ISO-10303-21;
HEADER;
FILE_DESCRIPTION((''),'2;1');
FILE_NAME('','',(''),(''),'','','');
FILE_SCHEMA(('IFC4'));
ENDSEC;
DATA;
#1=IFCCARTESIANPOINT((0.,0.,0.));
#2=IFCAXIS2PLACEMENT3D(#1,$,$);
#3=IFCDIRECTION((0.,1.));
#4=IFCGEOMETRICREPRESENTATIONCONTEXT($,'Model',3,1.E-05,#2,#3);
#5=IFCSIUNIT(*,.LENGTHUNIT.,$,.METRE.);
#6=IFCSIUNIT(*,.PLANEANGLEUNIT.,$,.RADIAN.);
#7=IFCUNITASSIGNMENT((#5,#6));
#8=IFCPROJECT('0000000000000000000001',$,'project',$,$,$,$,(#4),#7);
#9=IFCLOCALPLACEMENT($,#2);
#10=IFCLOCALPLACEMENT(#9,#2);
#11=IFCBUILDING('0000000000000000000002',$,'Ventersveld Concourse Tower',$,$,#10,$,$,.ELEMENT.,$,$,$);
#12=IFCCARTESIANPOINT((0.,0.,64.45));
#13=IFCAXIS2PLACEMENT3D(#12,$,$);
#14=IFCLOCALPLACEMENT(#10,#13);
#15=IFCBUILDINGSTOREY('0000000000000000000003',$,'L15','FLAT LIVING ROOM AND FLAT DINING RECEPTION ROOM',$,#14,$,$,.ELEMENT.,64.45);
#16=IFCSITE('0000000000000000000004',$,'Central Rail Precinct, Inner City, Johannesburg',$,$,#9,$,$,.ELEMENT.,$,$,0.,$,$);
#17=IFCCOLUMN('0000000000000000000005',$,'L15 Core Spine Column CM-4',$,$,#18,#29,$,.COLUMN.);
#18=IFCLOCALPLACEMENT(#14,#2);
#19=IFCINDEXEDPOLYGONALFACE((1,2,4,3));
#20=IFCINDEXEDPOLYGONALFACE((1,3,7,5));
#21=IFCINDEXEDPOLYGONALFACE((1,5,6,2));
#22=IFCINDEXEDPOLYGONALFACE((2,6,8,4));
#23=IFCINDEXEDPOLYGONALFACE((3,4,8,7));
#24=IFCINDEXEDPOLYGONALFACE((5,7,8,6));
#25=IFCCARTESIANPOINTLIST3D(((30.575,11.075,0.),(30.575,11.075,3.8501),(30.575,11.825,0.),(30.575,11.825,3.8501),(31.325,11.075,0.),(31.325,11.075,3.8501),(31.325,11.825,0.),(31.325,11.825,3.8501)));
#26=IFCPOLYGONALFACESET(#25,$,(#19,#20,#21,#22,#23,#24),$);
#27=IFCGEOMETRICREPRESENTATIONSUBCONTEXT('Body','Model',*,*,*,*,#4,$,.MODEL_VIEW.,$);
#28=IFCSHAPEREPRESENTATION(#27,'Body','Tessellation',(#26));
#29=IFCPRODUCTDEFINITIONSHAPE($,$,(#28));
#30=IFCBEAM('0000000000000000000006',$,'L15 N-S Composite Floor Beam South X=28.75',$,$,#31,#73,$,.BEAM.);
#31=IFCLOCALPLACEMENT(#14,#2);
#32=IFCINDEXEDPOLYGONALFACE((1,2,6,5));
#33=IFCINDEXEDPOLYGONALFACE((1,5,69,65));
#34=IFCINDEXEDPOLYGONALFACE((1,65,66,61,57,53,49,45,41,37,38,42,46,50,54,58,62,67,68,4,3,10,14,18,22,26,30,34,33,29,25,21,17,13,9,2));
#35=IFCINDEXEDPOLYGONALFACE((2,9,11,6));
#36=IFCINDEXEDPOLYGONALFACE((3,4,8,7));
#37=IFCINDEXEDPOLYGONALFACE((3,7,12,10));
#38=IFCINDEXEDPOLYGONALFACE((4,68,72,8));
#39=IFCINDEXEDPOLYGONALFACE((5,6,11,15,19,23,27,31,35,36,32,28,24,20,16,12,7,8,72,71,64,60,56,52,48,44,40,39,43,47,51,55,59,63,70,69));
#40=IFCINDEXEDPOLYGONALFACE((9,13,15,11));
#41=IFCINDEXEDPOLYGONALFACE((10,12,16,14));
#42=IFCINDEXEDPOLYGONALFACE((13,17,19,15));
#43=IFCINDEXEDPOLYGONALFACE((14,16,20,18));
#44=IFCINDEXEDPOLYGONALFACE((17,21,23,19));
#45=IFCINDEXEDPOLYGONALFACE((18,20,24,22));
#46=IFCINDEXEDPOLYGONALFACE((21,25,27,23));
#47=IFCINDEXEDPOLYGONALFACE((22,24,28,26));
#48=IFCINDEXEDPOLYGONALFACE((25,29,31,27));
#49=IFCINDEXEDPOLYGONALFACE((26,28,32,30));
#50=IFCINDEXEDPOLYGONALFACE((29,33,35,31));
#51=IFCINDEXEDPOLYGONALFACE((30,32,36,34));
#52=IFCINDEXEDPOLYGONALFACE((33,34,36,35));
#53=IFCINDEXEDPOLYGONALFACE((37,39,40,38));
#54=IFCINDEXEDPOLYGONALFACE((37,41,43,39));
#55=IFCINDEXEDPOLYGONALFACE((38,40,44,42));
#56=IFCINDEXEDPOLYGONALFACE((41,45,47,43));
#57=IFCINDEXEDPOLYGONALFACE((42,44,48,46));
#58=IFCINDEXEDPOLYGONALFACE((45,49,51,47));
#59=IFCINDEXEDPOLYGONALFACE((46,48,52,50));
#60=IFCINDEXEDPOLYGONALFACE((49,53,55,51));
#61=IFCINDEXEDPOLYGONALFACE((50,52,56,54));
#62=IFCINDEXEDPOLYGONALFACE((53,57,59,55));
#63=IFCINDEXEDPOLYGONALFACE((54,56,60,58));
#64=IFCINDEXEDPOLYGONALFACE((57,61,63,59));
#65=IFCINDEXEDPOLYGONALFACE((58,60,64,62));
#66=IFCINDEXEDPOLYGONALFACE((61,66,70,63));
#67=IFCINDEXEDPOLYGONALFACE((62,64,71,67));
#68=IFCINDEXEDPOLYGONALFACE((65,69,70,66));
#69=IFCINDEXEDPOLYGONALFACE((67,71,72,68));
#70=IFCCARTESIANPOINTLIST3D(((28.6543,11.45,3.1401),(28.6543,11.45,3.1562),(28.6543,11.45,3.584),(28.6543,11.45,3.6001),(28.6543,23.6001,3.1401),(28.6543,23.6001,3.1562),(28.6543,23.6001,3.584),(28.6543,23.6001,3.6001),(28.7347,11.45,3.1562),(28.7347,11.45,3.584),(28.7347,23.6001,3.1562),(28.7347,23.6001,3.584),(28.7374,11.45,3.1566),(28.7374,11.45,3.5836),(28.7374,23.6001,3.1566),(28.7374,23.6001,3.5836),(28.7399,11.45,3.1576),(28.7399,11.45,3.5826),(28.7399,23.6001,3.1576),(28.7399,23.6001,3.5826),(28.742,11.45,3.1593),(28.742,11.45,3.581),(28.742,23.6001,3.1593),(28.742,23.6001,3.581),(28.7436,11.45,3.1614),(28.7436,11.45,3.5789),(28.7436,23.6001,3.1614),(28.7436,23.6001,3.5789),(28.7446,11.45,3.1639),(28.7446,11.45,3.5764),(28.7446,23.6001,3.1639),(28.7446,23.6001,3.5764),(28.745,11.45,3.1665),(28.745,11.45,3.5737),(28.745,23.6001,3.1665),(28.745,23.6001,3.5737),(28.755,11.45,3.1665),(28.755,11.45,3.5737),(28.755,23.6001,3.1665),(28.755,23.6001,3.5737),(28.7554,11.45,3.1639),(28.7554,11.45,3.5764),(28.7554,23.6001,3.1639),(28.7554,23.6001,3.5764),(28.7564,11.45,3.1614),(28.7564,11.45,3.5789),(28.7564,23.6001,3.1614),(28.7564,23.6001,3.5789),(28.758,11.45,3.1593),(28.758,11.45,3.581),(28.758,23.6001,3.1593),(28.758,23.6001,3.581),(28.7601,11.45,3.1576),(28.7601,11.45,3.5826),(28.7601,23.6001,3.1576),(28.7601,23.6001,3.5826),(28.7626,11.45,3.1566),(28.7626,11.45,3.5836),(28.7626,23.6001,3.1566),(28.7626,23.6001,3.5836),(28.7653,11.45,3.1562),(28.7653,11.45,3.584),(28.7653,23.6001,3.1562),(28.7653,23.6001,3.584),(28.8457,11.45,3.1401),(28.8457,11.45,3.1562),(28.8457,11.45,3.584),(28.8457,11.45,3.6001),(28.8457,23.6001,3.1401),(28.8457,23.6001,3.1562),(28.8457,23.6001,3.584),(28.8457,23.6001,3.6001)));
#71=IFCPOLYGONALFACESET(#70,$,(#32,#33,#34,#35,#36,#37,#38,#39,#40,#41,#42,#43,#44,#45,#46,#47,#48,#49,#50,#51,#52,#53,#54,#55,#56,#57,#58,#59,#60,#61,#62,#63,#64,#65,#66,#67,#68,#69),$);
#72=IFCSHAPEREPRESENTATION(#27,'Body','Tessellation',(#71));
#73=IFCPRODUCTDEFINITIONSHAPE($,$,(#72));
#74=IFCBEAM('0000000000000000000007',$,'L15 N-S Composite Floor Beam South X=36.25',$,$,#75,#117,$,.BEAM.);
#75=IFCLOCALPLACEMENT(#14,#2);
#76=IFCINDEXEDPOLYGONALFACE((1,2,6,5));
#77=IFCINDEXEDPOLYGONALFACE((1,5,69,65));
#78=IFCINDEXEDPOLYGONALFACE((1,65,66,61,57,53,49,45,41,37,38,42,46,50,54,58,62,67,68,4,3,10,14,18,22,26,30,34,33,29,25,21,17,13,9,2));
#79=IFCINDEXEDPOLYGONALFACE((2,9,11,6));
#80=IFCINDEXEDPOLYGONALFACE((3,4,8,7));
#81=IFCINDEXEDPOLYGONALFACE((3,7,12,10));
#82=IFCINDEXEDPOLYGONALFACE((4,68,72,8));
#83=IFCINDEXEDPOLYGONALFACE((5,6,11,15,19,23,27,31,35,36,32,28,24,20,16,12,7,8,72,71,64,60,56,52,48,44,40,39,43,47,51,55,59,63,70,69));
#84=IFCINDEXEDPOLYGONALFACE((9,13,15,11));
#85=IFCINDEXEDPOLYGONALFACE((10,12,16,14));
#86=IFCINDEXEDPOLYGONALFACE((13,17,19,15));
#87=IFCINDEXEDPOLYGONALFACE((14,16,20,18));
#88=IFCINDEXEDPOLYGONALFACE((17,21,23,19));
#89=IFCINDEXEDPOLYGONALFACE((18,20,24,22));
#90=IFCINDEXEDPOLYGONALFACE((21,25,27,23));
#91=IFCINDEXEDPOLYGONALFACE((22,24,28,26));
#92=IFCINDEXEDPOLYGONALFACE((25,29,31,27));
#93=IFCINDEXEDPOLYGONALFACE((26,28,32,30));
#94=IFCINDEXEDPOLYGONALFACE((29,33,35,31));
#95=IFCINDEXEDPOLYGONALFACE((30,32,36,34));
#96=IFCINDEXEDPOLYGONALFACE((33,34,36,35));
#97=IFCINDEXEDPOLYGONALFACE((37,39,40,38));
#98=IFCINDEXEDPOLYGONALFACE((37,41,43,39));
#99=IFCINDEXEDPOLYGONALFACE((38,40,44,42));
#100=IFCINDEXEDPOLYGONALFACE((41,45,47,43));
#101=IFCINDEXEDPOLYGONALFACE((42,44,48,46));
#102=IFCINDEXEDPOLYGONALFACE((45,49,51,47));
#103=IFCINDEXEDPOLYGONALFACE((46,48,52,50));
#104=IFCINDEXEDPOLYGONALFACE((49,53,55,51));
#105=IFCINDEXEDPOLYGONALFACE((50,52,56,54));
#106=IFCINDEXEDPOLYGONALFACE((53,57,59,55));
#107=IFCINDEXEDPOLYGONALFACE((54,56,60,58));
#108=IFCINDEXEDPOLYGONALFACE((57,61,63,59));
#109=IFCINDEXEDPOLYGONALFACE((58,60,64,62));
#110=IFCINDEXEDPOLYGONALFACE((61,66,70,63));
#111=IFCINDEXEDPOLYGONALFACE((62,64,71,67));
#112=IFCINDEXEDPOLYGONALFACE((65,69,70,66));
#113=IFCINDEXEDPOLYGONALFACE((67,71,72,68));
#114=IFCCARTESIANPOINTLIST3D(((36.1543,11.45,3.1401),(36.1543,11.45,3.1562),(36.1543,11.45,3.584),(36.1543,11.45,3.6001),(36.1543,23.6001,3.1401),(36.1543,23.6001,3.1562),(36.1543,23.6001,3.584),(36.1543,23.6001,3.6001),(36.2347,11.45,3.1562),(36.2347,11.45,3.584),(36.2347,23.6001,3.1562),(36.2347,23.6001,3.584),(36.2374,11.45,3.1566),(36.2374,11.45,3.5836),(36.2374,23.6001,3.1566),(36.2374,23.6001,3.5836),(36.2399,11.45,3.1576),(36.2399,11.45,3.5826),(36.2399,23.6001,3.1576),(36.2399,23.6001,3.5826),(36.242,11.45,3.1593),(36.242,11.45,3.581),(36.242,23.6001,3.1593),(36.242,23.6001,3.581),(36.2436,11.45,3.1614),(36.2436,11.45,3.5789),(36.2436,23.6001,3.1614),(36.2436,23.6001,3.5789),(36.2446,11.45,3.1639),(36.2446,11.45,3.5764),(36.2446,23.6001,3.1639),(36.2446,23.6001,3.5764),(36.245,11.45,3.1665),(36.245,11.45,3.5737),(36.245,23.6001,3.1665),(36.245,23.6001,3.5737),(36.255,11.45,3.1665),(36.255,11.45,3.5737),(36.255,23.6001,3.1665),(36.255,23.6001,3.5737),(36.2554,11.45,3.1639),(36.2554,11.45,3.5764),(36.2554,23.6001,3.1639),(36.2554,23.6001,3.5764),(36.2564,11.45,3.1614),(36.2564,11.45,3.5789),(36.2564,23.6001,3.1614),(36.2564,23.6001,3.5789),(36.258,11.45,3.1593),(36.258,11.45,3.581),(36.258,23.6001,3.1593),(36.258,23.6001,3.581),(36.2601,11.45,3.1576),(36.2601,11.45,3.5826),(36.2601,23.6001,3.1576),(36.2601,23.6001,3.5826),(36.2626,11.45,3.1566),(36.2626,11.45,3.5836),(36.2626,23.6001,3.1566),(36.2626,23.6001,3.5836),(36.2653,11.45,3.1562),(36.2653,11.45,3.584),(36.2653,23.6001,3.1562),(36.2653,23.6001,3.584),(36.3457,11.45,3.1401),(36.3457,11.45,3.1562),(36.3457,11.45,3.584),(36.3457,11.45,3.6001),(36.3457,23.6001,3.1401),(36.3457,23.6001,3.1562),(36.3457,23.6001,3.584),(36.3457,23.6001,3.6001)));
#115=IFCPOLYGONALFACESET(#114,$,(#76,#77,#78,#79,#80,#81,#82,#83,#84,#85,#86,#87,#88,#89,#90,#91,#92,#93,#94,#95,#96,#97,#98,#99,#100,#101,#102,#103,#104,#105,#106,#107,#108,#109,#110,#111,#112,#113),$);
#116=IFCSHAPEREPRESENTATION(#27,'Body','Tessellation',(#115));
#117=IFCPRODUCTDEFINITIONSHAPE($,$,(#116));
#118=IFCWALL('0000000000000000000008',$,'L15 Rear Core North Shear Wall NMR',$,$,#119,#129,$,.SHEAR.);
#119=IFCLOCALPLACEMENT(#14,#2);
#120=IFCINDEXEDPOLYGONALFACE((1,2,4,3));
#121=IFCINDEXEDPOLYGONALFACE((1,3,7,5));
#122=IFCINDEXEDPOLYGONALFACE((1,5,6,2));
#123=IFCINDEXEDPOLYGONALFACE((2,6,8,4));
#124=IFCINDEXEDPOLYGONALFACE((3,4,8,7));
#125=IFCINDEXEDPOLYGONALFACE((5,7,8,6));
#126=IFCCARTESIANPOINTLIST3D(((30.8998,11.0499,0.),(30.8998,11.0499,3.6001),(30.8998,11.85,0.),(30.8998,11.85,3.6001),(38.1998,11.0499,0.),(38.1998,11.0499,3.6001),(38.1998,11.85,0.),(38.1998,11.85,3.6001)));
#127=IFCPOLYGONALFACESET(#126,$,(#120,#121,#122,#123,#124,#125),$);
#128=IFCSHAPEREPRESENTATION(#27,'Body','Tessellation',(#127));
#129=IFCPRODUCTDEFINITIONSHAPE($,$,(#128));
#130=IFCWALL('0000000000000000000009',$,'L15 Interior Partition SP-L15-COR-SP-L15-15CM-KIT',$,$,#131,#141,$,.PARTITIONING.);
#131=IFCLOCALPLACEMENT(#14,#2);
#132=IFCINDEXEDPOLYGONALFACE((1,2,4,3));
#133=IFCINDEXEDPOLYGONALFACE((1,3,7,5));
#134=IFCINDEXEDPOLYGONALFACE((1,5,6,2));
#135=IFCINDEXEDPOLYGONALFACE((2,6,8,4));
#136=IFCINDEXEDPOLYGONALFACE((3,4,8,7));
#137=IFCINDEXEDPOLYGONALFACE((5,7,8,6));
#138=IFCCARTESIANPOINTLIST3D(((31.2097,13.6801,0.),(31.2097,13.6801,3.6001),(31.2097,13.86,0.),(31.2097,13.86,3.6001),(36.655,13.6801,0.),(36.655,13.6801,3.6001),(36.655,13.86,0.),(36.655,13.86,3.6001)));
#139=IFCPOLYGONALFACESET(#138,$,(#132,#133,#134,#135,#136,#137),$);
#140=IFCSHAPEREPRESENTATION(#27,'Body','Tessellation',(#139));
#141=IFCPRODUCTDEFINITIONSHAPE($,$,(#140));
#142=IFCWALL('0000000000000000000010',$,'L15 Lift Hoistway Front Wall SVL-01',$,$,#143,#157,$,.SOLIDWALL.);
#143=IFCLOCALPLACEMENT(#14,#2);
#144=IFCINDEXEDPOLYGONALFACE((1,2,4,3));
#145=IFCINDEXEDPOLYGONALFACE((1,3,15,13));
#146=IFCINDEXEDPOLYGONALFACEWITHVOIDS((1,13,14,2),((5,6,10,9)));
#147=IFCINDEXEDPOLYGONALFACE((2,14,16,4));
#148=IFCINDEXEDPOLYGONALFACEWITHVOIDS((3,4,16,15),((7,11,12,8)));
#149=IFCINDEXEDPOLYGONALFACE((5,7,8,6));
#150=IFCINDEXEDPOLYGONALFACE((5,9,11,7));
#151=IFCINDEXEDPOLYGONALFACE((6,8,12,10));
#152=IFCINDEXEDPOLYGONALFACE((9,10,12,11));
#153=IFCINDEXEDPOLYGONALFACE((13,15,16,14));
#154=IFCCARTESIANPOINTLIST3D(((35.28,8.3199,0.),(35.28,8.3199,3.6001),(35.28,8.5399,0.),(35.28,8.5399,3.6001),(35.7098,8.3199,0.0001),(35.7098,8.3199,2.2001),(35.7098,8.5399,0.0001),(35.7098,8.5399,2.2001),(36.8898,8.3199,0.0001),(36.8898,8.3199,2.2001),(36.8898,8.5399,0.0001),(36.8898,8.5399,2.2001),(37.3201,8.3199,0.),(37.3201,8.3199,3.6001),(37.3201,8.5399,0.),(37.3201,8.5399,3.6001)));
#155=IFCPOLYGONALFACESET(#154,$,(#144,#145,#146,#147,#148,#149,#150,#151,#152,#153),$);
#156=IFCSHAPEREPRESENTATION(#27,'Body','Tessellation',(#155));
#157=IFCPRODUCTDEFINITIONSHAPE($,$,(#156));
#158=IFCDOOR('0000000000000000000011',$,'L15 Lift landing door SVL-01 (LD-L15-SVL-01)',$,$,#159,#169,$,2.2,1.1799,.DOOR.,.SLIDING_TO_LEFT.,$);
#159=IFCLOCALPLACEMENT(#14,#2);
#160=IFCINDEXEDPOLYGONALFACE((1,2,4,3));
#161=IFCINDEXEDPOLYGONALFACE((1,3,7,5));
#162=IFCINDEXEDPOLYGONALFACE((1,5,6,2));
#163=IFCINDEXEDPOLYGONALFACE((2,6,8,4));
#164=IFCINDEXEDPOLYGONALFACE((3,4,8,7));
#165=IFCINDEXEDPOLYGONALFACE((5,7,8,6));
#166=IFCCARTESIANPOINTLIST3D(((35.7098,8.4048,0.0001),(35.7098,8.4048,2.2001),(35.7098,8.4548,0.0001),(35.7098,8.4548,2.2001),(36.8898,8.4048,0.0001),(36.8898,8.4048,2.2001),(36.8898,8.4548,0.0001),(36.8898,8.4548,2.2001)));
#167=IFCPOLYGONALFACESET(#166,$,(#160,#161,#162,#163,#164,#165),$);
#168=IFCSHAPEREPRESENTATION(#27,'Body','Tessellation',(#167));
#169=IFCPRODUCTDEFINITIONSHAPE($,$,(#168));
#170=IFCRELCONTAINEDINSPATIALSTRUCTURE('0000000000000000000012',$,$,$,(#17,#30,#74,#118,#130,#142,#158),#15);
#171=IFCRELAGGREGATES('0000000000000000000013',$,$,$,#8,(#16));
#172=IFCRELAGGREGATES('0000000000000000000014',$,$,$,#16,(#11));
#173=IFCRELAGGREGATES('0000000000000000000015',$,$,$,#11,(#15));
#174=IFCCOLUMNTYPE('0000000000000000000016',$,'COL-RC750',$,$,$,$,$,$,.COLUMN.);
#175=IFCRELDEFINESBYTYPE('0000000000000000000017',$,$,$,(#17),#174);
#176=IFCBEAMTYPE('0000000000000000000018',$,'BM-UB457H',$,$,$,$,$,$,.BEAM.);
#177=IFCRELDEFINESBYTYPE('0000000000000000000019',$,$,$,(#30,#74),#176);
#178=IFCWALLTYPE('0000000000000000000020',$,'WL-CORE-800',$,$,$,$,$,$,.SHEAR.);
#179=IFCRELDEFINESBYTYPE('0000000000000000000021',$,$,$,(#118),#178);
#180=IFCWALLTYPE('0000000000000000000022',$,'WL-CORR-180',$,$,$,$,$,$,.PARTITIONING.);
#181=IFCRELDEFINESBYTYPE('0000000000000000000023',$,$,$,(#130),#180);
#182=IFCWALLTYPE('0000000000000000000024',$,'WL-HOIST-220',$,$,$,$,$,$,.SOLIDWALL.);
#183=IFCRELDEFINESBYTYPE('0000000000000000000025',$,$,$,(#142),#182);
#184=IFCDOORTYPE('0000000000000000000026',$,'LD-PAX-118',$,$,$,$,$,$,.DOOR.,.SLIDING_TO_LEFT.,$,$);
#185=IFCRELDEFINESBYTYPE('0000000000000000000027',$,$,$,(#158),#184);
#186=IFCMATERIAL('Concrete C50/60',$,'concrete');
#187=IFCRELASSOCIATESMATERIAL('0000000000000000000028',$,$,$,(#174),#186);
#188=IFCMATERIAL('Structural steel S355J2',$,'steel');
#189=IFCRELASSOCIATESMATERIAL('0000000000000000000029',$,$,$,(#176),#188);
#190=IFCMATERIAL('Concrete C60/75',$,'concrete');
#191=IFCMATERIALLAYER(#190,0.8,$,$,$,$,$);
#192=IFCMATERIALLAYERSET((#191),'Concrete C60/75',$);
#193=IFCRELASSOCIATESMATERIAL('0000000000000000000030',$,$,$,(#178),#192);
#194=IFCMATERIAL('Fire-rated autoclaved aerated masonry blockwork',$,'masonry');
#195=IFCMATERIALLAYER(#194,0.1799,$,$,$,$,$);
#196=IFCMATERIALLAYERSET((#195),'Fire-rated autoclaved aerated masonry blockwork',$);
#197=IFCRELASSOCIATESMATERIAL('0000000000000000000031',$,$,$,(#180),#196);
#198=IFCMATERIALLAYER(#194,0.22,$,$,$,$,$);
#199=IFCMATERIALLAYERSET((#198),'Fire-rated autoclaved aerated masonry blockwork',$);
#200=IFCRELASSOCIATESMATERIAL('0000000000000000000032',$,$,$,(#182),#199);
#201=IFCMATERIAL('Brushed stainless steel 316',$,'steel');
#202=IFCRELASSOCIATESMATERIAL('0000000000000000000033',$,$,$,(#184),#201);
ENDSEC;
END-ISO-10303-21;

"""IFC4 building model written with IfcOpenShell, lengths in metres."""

from ifc_helpers import new_model, si_unit, direction, frame, frame_2d, origin, origin_2d, place, context, subcontext, project, spatial, rectangle, i_section, extrude, material, layer, layer_set, material_profile, profile_set, type_object, element, fill, save


model = new_model("IFC4")

# Units and contexts
model_context = context("Model", 3, precision=1e-05, world=origin(), true_north=direction((0.0, 1.0)))
body_context = subcontext(model_context, "Body", "Model", "MODEL_VIEW")
ifc_project = project(units=[si_unit("LENGTHUNIT", "METRE"), si_unit("PLANEANGLEUNIT", "RADIAN")], contexts=[model_context])

# Site, building, storey
site_placement = place(None, origin())
site = spatial("IfcSite", under=ifc_project, at=site_placement, Name="Central Rail Precinct, Inner City, Johannesburg", CompositionType="ELEMENT", RefElevation=0.0)
building_placement = place(site_placement, origin())
building = spatial("IfcBuilding", under=site, at=building_placement, Name="Ventersveld Concourse Tower", CompositionType="ELEMENT")
storey_placement = place(building_placement, frame((0.0, 0.0, 64.45)))
storey = spatial("IfcBuildingStorey", under=building, at=storey_placement, Name="L15", Description="FLAT LIVING ROOM AND FLAT DINING RECEPTION ROOM", CompositionType="ELEMENT", Elevation=64.45)

# Column
ifc_material_1 = material(Name="Concrete C50/60", Category="concrete")
ifc_material_profile_1 = material_profile(ifc_material_1, rectangle(XDim=0.75, YDim=0.75, at=origin_2d()), Name="RC 750x750")
ifc_profile_set_1 = profile_set([ifc_material_profile_1], Name="Concrete C50/60")
column_type = type_object("IfcColumnType", Name="COL-RC750", PredefinedType="COLUMN", material=ifc_profile_set_1)
column_placement = place(storey_placement, frame((30.95, 11.45, 0.0), z_axis=(0.0, 0.0, 1.0), x_axis=(1.0, 0.0, 0.0)))
element("IfcColumn", 1, at=column_placement, inside=storey, type_object=column_type, Name="L15 Core Spine Column CM-4", PredefinedType="COLUMN", context=body_context, shape_type="SweptSolid", body=[
    extrude(rectangle(XDim=0.75, YDim=0.75, at=origin_2d()), origin(), (0.0, 0.0, 1.0), 3.8501),
])

# Beams
ifc_material_2 = material(Name="Structural steel S355J2", Category="steel")
ifc_material_profile_2 = material_profile(ifc_material_2, i_section(OverallWidth=0.1914, OverallDepth=0.46, WebThickness=0.01, FlangeThickness=0.0161, FilletRadius=0.0103, at=origin_2d()), Name="UB 457x191x82")
ifc_profile_set_2 = profile_set([ifc_material_profile_2], Name="Structural steel S355J2")
beam_type = type_object("IfcBeamType", Name="BM-UB457H", PredefinedType="BEAM", material=ifc_profile_set_2)
for number, where, z_axis, x_axis, name in (
    (2, (28.75, 11.45, 3.3701), (0.0, 1.0, 0.0), (-1.0, 0.0, 0.0), "L15 N-S Composite Floor Beam South X=28.75"),
    (3, (36.25, 11.45, 3.3701), (0.0, 1.0, 0.0), (-1.0, 0.0, 0.0), "L15 N-S Composite Floor Beam South X=36.25"),
):
    element("IfcBeam", number, at=place(storey_placement, frame(where, z_axis=z_axis, x_axis=x_axis)), inside=storey, type_object=beam_type, Name=name, PredefinedType="BEAM", context=body_context, shape_type="SweptSolid", body=[
        extrude(i_section(OverallWidth=0.1914, OverallDepth=0.46, WebThickness=0.01, FlangeThickness=0.0161, FilletRadius=0.0103, at=origin_2d()), origin(), (0.0, 0.0, 1.0), 12.1501),
    ])

# Walls
ifc_material_3 = material(Name="Concrete C60/75", Category="concrete")
ifc_layer_1 = layer(ifc_material_3, 0.8)
ifc_layer_set_1 = layer_set([ifc_layer_1], Name="Concrete C60/75")
wall_type_1 = type_object("IfcWallType", Name="WL-CORE-800", PredefinedType="SHEAR", material=ifc_layer_set_1)
wall_1_placement = place(storey_placement, frame((30.8999, 11.45, 0.0), z_axis=(0.0, 0.0, 1.0), x_axis=(1.0, 0.0, 0.0)))
element("IfcWall", 4, at=wall_1_placement, inside=storey, type_object=wall_type_1, Name="L15 Rear Core North Shear Wall NMR", PredefinedType="SHEAR", context=body_context, shape_type="SweptSolid", body=[
    extrude(rectangle(XDim=7.3, YDim=0.8, at=frame_2d((3.6499, 0.0))), origin(), (0.0, 0.0, 1.0), 3.6001),
])
ifc_material_4 = material(Name="Fire-rated autoclaved aerated masonry blockwork", Category="masonry")
ifc_layer_2 = layer(ifc_material_4, 0.1799)
ifc_layer_set_2 = layer_set([ifc_layer_2], Name="Fire-rated autoclaved aerated masonry blockwork")
wall_type_2 = type_object("IfcWallType", Name="WL-CORR-180", PredefinedType="PARTITIONING", material=ifc_layer_set_2)
wall_2_placement = place(storey_placement, frame((31.2097, 13.77, 0.0), z_axis=(0.0, 0.0, 1.0), x_axis=(1.0, 0.0, 0.0)))
element("IfcWall", 5, at=wall_2_placement, inside=storey, type_object=wall_type_2, Name="L15 Interior Partition SP-L15-COR-SP-L15-15CM-KIT", PredefinedType="PARTITIONING", context=body_context, shape_type="SweptSolid", body=[
    extrude(rectangle(XDim=5.4453, YDim=0.1799, at=frame_2d((2.7227, 0.0))), origin(), (0.0, 0.0, 1.0), 3.6001),
])

# Wall, opening, door
ifc_layer_3 = layer(ifc_material_4, 0.22)
ifc_layer_set_3 = layer_set([ifc_layer_3], Name="Fire-rated autoclaved aerated masonry blockwork")
wall_type_3 = type_object("IfcWallType", Name="WL-HOIST-220", PredefinedType="SOLIDWALL", material=ifc_layer_set_3)
wall_3_placement = place(storey_placement, frame((35.28, 8.4299, 0.0), z_axis=(0.0, 0.0, 1.0), x_axis=(1.0, 0.0, 0.0)))
wall_3 = element("IfcWall", 6, at=wall_3_placement, inside=storey, type_object=wall_type_3, Name="L15 Lift Hoistway Front Wall SVL-01", PredefinedType="SOLIDWALL", context=body_context, shape_type="SweptSolid", body=[
    extrude(rectangle(XDim=2.04, YDim=0.22, at=frame_2d((1.02, 0.0))), origin(), (0.0, 0.0, 1.0), 3.6001),
])
opening_1_placement = place(wall_3_placement, frame((0.4299, 0.0, 0.0)))
opening_1 = element("IfcOpeningElement", 7, at=opening_1_placement, cuts=wall_3, PredefinedType="OPENING", context=body_context, shape_type="SweptSolid", body=[
    extrude(rectangle(XDim=1.1799, YDim=2.2, at=frame_2d((0.5898, 1.1001))), frame((0.0, 0.1201, 0.0), z_axis=(0.0, -1.0, 0.0), x_axis=(1.0, 0.0, 0.0)), (0.0, 0.0, 1.0), 0.24),
])
ifc_material_5 = material(Name="Brushed stainless steel 316", Category="steel")
door_type_1 = type_object("IfcDoorType", Name="LD-PAX-118", OperationType="SLIDING_TO_LEFT", PredefinedType="DOOR", material=ifc_material_5)
door_1_placement = place(opening_1_placement, origin())
door_1 = element("IfcDoor", 8, at=door_1_placement, inside=storey, type_object=door_type_1, Name="L15 Lift landing door SVL-01 (LD-L15-SVL-01)", OperationType="SLIDING_TO_LEFT", OverallHeight=2.2, OverallWidth=1.1799, PredefinedType="DOOR", context=body_context, shape_type="SweptSolid", body=[
    extrude(rectangle(XDim=1.1799, YDim=2.2, at=frame_2d((0.5898, 1.1001))), frame((0.0, 0.0249, 0.0), z_axis=(0.0, -1.0, 0.0), x_axis=(1.0, 0.0, 0.0)), (0.0, 0.0, 1.0), 0.05),
])
fill(opening_1, door_1)

save(model, "model.ifc")
